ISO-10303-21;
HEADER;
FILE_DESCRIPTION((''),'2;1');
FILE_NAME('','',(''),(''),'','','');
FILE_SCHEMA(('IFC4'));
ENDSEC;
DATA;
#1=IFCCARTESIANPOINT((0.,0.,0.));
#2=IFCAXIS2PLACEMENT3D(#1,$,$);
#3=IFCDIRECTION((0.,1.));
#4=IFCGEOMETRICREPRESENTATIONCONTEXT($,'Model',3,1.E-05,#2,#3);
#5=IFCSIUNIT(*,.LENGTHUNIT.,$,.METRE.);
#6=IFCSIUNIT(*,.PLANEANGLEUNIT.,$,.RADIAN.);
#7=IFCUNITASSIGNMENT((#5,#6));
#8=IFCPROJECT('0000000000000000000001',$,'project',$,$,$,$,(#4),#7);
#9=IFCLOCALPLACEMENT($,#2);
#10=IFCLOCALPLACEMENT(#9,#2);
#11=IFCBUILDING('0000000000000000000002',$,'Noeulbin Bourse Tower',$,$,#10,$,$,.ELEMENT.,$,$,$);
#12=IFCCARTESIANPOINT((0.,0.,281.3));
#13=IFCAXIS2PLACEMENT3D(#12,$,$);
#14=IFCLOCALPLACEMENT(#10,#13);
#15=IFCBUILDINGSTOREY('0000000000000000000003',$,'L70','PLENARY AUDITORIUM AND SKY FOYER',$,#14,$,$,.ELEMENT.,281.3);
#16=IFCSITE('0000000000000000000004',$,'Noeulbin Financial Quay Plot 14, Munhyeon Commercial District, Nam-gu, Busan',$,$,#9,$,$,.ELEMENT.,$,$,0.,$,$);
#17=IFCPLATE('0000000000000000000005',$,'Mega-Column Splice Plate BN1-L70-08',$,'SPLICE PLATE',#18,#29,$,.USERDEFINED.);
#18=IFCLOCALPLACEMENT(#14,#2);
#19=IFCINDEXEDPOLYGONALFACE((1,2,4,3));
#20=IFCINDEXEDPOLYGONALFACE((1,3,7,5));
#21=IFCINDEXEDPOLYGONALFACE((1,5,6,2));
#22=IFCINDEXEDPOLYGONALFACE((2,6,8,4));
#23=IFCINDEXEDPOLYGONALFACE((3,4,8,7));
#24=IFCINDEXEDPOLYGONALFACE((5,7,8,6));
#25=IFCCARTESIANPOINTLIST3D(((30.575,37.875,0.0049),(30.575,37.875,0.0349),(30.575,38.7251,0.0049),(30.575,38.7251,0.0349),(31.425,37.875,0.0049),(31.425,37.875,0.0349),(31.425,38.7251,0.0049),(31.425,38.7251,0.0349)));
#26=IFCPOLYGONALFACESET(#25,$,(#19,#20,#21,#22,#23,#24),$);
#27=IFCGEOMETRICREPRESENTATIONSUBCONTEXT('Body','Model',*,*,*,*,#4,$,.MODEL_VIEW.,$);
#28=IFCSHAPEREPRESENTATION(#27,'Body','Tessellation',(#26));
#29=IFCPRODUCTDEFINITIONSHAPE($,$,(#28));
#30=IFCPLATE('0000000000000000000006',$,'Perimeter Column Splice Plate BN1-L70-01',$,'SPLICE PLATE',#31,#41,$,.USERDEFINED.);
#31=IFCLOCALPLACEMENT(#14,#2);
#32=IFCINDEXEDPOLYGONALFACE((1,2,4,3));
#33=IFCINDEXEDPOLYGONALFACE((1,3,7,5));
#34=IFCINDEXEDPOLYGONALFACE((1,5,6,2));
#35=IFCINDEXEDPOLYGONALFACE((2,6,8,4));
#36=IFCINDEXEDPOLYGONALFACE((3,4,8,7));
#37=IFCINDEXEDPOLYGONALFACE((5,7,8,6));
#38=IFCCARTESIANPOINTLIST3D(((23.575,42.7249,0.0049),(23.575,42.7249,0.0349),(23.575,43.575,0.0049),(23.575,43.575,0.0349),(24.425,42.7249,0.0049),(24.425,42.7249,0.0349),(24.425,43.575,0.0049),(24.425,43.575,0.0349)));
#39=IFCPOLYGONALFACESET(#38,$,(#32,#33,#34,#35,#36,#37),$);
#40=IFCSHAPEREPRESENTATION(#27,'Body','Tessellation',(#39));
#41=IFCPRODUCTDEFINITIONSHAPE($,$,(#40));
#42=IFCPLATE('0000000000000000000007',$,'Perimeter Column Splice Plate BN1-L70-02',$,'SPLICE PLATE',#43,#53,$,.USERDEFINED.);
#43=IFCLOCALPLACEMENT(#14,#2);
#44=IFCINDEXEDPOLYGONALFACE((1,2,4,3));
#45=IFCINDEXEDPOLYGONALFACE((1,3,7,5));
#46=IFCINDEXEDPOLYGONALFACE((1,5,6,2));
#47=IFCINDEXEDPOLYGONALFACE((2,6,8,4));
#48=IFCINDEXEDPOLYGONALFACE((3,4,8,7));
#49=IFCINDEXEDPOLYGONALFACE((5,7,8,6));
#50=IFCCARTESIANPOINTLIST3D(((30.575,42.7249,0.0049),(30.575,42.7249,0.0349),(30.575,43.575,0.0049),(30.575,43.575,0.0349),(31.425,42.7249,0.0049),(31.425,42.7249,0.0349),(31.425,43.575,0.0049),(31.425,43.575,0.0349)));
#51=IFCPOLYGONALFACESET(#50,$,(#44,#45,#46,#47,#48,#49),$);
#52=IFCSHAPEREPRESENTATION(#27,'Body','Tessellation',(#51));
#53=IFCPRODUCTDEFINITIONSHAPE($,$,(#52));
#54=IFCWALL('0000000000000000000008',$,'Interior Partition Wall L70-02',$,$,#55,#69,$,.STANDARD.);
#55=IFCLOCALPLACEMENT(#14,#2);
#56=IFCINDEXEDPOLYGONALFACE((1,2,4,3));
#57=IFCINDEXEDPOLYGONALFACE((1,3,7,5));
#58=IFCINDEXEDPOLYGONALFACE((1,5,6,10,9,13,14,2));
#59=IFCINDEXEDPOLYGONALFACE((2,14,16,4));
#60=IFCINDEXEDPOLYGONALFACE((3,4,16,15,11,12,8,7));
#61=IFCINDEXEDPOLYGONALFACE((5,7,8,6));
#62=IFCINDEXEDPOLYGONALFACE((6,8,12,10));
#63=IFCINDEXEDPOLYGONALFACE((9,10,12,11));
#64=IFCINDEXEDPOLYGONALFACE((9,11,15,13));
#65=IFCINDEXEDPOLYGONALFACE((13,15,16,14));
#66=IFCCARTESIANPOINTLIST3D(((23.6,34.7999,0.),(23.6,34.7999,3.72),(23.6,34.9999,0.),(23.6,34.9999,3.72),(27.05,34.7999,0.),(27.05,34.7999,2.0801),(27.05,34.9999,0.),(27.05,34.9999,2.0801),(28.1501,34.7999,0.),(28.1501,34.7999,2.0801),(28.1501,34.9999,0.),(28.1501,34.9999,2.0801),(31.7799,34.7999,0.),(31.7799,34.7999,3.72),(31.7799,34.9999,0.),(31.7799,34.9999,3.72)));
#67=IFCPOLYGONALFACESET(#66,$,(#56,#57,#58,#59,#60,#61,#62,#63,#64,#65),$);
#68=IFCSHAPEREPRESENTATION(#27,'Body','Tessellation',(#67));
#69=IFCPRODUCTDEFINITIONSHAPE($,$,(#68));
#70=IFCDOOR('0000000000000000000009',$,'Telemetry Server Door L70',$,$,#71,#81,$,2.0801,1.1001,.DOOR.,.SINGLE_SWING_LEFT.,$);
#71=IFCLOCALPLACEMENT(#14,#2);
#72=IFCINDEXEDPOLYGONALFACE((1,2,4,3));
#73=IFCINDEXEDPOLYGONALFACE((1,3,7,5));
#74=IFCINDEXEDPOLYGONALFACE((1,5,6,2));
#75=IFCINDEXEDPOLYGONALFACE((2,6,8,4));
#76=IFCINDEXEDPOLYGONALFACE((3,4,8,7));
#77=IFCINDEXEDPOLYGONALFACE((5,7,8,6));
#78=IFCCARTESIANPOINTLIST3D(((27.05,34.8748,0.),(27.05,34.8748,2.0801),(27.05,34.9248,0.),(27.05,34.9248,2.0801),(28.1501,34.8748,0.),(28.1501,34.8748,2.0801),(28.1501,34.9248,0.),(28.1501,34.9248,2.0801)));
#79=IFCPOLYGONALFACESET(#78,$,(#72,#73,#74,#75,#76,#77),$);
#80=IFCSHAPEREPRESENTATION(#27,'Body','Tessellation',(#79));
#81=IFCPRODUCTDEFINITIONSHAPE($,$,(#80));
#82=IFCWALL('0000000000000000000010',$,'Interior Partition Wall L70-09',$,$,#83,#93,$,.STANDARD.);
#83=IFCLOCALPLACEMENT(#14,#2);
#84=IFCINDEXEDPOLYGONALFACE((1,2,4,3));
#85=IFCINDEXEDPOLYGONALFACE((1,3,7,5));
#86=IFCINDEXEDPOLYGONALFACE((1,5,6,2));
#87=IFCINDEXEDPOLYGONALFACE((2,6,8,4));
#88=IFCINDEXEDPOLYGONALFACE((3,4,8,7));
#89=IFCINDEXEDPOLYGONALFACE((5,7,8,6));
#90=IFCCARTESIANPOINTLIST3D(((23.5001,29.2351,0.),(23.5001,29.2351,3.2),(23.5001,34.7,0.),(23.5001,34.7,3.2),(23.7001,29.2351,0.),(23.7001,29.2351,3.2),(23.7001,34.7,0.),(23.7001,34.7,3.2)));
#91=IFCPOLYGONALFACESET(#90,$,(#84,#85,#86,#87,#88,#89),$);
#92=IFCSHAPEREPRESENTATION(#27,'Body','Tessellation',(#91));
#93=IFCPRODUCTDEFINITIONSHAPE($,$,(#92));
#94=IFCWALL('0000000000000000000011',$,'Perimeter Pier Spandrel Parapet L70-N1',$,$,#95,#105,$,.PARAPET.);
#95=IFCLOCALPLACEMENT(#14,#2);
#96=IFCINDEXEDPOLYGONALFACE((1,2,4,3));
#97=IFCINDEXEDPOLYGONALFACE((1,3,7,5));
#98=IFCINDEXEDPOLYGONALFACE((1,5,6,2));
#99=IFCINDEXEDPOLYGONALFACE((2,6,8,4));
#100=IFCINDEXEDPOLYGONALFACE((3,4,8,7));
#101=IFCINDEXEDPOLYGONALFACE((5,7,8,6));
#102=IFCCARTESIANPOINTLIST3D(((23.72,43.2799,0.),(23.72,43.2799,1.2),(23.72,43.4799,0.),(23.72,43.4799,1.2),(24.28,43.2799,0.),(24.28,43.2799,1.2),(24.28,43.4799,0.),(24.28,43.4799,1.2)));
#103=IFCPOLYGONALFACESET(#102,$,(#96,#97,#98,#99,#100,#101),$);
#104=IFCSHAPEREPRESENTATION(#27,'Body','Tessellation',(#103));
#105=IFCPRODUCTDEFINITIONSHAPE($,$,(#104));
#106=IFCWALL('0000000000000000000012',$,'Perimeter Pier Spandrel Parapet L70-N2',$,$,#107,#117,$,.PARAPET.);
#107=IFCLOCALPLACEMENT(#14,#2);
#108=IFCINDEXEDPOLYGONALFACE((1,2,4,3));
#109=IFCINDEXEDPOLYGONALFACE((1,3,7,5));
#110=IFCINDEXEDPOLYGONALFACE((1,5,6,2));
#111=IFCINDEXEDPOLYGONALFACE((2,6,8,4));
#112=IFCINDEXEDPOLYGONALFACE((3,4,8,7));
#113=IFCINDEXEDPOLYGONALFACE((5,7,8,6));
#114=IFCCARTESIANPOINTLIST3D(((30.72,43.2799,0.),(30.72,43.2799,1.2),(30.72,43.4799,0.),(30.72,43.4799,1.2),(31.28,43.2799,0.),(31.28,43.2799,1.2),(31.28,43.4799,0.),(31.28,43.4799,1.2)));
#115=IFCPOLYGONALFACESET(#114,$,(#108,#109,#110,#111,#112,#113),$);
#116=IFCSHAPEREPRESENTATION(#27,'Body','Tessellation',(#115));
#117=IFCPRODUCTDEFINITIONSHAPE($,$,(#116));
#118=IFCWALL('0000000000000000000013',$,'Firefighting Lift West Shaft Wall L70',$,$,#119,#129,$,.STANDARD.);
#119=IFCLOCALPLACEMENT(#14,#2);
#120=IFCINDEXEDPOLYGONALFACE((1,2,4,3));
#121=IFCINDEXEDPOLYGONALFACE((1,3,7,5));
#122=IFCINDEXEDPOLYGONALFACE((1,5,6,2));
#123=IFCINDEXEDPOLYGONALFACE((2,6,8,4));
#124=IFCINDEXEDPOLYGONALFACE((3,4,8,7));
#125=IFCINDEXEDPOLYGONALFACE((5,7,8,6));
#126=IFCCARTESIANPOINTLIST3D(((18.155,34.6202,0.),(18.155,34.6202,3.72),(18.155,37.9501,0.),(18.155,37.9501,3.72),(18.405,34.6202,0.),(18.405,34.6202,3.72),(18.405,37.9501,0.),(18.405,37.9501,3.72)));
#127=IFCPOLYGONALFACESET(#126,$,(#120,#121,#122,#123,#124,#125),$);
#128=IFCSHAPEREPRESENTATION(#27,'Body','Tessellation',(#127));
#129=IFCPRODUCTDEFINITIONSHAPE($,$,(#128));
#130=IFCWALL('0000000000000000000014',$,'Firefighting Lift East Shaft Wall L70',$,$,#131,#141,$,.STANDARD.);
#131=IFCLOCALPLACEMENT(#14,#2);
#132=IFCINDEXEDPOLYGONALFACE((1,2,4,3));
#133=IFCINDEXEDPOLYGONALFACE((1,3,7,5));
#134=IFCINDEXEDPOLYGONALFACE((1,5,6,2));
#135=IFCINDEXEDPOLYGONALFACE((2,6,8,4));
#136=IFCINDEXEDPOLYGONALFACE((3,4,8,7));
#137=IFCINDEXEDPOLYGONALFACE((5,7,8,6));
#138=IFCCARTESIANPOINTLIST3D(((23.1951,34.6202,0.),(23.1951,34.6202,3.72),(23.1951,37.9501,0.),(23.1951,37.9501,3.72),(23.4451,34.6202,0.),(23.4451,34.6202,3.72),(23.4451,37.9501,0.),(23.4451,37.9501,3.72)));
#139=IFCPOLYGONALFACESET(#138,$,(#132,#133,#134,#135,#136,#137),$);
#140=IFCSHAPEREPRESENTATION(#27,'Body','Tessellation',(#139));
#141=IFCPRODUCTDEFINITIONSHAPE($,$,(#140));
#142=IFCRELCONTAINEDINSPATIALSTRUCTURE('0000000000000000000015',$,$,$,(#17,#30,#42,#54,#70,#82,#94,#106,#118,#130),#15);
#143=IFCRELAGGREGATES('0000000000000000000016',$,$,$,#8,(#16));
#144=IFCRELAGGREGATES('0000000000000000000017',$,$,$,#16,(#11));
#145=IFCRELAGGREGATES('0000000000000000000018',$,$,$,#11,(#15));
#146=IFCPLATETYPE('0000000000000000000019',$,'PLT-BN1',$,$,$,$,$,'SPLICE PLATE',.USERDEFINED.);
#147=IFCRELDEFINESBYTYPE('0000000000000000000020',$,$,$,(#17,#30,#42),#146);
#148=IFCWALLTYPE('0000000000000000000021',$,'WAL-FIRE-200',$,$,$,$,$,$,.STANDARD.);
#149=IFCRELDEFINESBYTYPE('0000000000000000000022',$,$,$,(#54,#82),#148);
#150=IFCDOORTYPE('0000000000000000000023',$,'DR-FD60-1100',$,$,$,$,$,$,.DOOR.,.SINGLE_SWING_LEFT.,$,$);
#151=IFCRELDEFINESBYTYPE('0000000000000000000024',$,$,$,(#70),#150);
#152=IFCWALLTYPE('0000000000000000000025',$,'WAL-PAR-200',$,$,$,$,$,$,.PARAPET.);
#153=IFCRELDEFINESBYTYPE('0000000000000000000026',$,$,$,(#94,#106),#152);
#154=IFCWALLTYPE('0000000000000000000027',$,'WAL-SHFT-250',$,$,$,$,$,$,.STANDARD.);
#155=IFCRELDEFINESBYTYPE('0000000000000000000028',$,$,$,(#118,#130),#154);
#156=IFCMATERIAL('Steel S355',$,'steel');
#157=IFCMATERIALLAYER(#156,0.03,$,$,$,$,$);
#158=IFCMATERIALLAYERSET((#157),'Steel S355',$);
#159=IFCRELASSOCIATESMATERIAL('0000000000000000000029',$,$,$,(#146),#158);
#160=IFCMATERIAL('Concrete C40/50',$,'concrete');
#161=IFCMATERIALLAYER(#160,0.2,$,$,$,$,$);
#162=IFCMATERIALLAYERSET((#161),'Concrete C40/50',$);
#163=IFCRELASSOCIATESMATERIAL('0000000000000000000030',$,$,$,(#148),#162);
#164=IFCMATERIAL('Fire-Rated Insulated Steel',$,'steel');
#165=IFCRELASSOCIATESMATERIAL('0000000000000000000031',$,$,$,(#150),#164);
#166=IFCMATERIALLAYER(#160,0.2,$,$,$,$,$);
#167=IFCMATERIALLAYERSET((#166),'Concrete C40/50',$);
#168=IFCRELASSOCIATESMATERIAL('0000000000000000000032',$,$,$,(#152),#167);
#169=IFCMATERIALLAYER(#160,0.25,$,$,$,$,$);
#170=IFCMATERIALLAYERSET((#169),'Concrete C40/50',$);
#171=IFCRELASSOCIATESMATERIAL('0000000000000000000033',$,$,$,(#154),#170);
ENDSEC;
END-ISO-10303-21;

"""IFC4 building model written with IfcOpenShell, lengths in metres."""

from ifc_helpers import new_model, si_unit, direction, frame, frame_2d, origin, origin_2d, place, context, subcontext, project, spatial, rectangle, extrude, material, layer, layer_set, type_object, element, fill, save


model = new_model("IFC4")

# Units and contexts
model_context = context("Model", 3, precision=1e-05, world=origin(), true_north=direction((0.0, 1.0)))
body_context = subcontext(model_context, "Body", "Model", "MODEL_VIEW")
ifc_project = project(units=[si_unit("LENGTHUNIT", "METRE"), si_unit("PLANEANGLEUNIT", "RADIAN")], contexts=[model_context])

# Site, building, storey
site_placement = place(None, origin())
site = spatial("IfcSite", under=ifc_project, at=site_placement, Name="Noeulbin Financial Quay Plot 14, Munhyeon Commercial District, Nam-gu, Busan", CompositionType="ELEMENT", RefElevation=0.0)
building_placement = place(site_placement, origin())
building = spatial("IfcBuilding", under=site, at=building_placement, Name="Noeulbin Bourse Tower", CompositionType="ELEMENT")
storey_placement = place(building_placement, frame((0.0, 0.0, 281.3)))
storey = spatial("IfcBuildingStorey", under=building, at=storey_placement, Name="L70", Description="PLENARY AUDITORIUM AND SKY FOYER", CompositionType="ELEMENT", Elevation=281.3)

# Shared definitions
ifc_material_1 = material(Name="Steel S355", Category="steel")

# Plates
ifc_layer_1 = layer(ifc_material_1, 0.03)
ifc_layer_set_1 = layer_set([ifc_layer_1], Name="Steel S355")
plate_type_1 = type_object("IfcPlateType", Name="PLT-BN1", ElementType="SPLICE PLATE", PredefinedType="USERDEFINED", material=ifc_layer_set_1)
for number, where, z_axis, x_axis, name in (
    (1, (31.0, 38.3, 0.0049), (0.0, 0.0, 1.0), (1.0, 0.0, 0.0), "Mega-Column Splice Plate BN1-L70-08"),
    (2, (24.0, 43.1499, 0.0049), (0.0, 0.0, 1.0), (1.0, 0.0, 0.0), "Perimeter Column Splice Plate BN1-L70-01"),
    (3, (31.0, 43.1499, 0.0049), (0.0, 0.0, 1.0), (1.0, 0.0, 0.0), "Perimeter Column Splice Plate BN1-L70-02"),
):
    element("IfcPlate", number, at=place(storey_placement, frame(where, z_axis=z_axis, x_axis=x_axis)), inside=storey, type_object=plate_type_1, Name=name, ObjectType="SPLICE PLATE", PredefinedType="USERDEFINED", context=body_context, shape_type="SweptSolid", body=[
        extrude(rectangle(XDim=0.8501, YDim=0.8501, at=origin_2d()), origin(), (0.0, 0.0, 1.0), 0.03),
    ])

# Wall, opening, door
ifc_material_2 = material(Name="Concrete C40/50", Category="concrete")
ifc_layer_2 = layer(ifc_material_2, 0.2)
ifc_layer_set_2 = layer_set([ifc_layer_2], Name="Concrete C40/50")
wall_type_1 = type_object("IfcWallType", Name="WAL-FIRE-200", PredefinedType="STANDARD", material=ifc_layer_set_2)
wall_1_placement = place(storey_placement, frame((23.6001, 34.8999, 0.0), z_axis=(0.0, 0.0, 1.0), x_axis=(1.0, 0.0, 0.0)))
wall_1 = element("IfcWall", 4, at=wall_1_placement, inside=storey, type_object=wall_type_1, Name="Interior Partition Wall L70-02", PredefinedType="STANDARD", context=body_context, shape_type="SweptSolid", body=[
    extrude(rectangle(XDim=8.1799, YDim=0.2, at=frame_2d((4.0898, 0.0))), origin(), (0.0, 0.0, 1.0), 3.72),
])
opening_placement = place(wall_1_placement, frame((3.45, 0.0, 0.0)))
opening = element("IfcOpeningElement", 5, at=opening_placement, cuts=wall_1, PredefinedType="OPENING", context=body_context, shape_type="SweptSolid", body=[
    extrude(rectangle(XDim=1.1001, YDim=2.0801, at=frame_2d((0.55, 1.04))), frame((0.0, 0.1099, 0.0), z_axis=(0.0, -1.0, 0.0), x_axis=(1.0, 0.0, 0.0)), (0.0, 0.0, 1.0), 0.22),
])
ifc_material_3 = material(Name="Fire-Rated Insulated Steel", Category="steel")
door_type = type_object("IfcDoorType", Name="DR-FD60-1100", OperationType="SINGLE_SWING_LEFT", PredefinedType="DOOR", material=ifc_material_3)
door_placement = place(opening_placement, origin())
door = element("IfcDoor", 6, at=door_placement, inside=storey, type_object=door_type, Name="Telemetry Server Door L70", OperationType="SINGLE_SWING_LEFT", OverallHeight=2.0801, OverallWidth=1.1001, PredefinedType="DOOR", context=body_context, shape_type="SweptSolid", body=[
    extrude(rectangle(XDim=1.1001, YDim=2.0801, at=frame_2d((0.55, 1.04))), frame((0.0, 0.0249, 0.0), z_axis=(0.0, -1.0, 0.0), x_axis=(1.0, 0.0, 0.0)), (0.0, 0.0, 1.0), 0.05),
])
fill(opening, door)

# Walls
wall_2_placement = place(storey_placement, frame((23.6001, 29.2351, 0.0), z_axis=(0.0, 0.0, 1.0), x_axis=(0.0, 1.0, 0.0)))
element("IfcWall", 7, at=wall_2_placement, inside=storey, type_object=wall_type_1, Name="Interior Partition Wall L70-09", PredefinedType="STANDARD", context=body_context, shape_type="SweptSolid", body=[
    extrude(rectangle(XDim=5.4648, YDim=0.2, at=frame_2d((2.7324, 0.0))), origin(), (0.0, 0.0, 1.0), 3.2),
])
ifc_layer_3 = layer(ifc_material_2, 0.2)
ifc_layer_set_3 = layer_set([ifc_layer_3], Name="Concrete C40/50")
wall_type_2 = type_object("IfcWallType", Name="WAL-PAR-200", PredefinedType="PARAPET", material=ifc_layer_set_3)
for number, where, z_axis, x_axis, name in (
    (8, (23.72, 43.3799, 0.0), (0.0, 0.0, 1.0), (1.0, 0.0, 0.0), "Perimeter Pier Spandrel Parapet L70-N1"),
    (9, (30.72, 43.3799, 0.0), (0.0, 0.0, 1.0), (1.0, 0.0, 0.0), "Perimeter Pier Spandrel Parapet L70-N2"),
):
    element("IfcWall", number, at=place(storey_placement, frame(where, z_axis=z_axis, x_axis=x_axis)), inside=storey, type_object=wall_type_2, Name=name, PredefinedType="PARAPET", context=body_context, shape_type="SweptSolid", body=[
        extrude(rectangle(XDim=0.5601, YDim=0.2, at=frame_2d((0.28, 0.0))), origin(), (0.0, 0.0, 1.0), 1.2),
    ])
ifc_layer_4 = layer(ifc_material_2, 0.25)
ifc_layer_set_4 = layer_set([ifc_layer_4], Name="Concrete C40/50")
wall_type_3 = type_object("IfcWallType", Name="WAL-SHFT-250", PredefinedType="STANDARD", material=ifc_layer_set_4)
for number, where, z_axis, x_axis, name in (
    (10, (18.28, 34.6201, 0.0), (0.0, 0.0, 1.0), (0.0, 1.0, 0.0), "Firefighting Lift West Shaft Wall L70"),
    (11, (23.3201, 34.6201, 0.0), (0.0, 0.0, 1.0), (0.0, 1.0, 0.0), "Firefighting Lift East Shaft Wall L70"),
):
    element("IfcWall", number, at=place(storey_placement, frame(where, z_axis=z_axis, x_axis=x_axis)), inside=storey, type_object=wall_type_3, Name=name, PredefinedType="STANDARD", context=body_context, shape_type="SweptSolid", body=[
        extrude(rectangle(XDim=3.3298, YDim=0.25, at=frame_2d((1.665, 0.0))), origin(), (0.0, 0.0, 1.0), 3.72),
    ])

save(model, "model.ifc")
